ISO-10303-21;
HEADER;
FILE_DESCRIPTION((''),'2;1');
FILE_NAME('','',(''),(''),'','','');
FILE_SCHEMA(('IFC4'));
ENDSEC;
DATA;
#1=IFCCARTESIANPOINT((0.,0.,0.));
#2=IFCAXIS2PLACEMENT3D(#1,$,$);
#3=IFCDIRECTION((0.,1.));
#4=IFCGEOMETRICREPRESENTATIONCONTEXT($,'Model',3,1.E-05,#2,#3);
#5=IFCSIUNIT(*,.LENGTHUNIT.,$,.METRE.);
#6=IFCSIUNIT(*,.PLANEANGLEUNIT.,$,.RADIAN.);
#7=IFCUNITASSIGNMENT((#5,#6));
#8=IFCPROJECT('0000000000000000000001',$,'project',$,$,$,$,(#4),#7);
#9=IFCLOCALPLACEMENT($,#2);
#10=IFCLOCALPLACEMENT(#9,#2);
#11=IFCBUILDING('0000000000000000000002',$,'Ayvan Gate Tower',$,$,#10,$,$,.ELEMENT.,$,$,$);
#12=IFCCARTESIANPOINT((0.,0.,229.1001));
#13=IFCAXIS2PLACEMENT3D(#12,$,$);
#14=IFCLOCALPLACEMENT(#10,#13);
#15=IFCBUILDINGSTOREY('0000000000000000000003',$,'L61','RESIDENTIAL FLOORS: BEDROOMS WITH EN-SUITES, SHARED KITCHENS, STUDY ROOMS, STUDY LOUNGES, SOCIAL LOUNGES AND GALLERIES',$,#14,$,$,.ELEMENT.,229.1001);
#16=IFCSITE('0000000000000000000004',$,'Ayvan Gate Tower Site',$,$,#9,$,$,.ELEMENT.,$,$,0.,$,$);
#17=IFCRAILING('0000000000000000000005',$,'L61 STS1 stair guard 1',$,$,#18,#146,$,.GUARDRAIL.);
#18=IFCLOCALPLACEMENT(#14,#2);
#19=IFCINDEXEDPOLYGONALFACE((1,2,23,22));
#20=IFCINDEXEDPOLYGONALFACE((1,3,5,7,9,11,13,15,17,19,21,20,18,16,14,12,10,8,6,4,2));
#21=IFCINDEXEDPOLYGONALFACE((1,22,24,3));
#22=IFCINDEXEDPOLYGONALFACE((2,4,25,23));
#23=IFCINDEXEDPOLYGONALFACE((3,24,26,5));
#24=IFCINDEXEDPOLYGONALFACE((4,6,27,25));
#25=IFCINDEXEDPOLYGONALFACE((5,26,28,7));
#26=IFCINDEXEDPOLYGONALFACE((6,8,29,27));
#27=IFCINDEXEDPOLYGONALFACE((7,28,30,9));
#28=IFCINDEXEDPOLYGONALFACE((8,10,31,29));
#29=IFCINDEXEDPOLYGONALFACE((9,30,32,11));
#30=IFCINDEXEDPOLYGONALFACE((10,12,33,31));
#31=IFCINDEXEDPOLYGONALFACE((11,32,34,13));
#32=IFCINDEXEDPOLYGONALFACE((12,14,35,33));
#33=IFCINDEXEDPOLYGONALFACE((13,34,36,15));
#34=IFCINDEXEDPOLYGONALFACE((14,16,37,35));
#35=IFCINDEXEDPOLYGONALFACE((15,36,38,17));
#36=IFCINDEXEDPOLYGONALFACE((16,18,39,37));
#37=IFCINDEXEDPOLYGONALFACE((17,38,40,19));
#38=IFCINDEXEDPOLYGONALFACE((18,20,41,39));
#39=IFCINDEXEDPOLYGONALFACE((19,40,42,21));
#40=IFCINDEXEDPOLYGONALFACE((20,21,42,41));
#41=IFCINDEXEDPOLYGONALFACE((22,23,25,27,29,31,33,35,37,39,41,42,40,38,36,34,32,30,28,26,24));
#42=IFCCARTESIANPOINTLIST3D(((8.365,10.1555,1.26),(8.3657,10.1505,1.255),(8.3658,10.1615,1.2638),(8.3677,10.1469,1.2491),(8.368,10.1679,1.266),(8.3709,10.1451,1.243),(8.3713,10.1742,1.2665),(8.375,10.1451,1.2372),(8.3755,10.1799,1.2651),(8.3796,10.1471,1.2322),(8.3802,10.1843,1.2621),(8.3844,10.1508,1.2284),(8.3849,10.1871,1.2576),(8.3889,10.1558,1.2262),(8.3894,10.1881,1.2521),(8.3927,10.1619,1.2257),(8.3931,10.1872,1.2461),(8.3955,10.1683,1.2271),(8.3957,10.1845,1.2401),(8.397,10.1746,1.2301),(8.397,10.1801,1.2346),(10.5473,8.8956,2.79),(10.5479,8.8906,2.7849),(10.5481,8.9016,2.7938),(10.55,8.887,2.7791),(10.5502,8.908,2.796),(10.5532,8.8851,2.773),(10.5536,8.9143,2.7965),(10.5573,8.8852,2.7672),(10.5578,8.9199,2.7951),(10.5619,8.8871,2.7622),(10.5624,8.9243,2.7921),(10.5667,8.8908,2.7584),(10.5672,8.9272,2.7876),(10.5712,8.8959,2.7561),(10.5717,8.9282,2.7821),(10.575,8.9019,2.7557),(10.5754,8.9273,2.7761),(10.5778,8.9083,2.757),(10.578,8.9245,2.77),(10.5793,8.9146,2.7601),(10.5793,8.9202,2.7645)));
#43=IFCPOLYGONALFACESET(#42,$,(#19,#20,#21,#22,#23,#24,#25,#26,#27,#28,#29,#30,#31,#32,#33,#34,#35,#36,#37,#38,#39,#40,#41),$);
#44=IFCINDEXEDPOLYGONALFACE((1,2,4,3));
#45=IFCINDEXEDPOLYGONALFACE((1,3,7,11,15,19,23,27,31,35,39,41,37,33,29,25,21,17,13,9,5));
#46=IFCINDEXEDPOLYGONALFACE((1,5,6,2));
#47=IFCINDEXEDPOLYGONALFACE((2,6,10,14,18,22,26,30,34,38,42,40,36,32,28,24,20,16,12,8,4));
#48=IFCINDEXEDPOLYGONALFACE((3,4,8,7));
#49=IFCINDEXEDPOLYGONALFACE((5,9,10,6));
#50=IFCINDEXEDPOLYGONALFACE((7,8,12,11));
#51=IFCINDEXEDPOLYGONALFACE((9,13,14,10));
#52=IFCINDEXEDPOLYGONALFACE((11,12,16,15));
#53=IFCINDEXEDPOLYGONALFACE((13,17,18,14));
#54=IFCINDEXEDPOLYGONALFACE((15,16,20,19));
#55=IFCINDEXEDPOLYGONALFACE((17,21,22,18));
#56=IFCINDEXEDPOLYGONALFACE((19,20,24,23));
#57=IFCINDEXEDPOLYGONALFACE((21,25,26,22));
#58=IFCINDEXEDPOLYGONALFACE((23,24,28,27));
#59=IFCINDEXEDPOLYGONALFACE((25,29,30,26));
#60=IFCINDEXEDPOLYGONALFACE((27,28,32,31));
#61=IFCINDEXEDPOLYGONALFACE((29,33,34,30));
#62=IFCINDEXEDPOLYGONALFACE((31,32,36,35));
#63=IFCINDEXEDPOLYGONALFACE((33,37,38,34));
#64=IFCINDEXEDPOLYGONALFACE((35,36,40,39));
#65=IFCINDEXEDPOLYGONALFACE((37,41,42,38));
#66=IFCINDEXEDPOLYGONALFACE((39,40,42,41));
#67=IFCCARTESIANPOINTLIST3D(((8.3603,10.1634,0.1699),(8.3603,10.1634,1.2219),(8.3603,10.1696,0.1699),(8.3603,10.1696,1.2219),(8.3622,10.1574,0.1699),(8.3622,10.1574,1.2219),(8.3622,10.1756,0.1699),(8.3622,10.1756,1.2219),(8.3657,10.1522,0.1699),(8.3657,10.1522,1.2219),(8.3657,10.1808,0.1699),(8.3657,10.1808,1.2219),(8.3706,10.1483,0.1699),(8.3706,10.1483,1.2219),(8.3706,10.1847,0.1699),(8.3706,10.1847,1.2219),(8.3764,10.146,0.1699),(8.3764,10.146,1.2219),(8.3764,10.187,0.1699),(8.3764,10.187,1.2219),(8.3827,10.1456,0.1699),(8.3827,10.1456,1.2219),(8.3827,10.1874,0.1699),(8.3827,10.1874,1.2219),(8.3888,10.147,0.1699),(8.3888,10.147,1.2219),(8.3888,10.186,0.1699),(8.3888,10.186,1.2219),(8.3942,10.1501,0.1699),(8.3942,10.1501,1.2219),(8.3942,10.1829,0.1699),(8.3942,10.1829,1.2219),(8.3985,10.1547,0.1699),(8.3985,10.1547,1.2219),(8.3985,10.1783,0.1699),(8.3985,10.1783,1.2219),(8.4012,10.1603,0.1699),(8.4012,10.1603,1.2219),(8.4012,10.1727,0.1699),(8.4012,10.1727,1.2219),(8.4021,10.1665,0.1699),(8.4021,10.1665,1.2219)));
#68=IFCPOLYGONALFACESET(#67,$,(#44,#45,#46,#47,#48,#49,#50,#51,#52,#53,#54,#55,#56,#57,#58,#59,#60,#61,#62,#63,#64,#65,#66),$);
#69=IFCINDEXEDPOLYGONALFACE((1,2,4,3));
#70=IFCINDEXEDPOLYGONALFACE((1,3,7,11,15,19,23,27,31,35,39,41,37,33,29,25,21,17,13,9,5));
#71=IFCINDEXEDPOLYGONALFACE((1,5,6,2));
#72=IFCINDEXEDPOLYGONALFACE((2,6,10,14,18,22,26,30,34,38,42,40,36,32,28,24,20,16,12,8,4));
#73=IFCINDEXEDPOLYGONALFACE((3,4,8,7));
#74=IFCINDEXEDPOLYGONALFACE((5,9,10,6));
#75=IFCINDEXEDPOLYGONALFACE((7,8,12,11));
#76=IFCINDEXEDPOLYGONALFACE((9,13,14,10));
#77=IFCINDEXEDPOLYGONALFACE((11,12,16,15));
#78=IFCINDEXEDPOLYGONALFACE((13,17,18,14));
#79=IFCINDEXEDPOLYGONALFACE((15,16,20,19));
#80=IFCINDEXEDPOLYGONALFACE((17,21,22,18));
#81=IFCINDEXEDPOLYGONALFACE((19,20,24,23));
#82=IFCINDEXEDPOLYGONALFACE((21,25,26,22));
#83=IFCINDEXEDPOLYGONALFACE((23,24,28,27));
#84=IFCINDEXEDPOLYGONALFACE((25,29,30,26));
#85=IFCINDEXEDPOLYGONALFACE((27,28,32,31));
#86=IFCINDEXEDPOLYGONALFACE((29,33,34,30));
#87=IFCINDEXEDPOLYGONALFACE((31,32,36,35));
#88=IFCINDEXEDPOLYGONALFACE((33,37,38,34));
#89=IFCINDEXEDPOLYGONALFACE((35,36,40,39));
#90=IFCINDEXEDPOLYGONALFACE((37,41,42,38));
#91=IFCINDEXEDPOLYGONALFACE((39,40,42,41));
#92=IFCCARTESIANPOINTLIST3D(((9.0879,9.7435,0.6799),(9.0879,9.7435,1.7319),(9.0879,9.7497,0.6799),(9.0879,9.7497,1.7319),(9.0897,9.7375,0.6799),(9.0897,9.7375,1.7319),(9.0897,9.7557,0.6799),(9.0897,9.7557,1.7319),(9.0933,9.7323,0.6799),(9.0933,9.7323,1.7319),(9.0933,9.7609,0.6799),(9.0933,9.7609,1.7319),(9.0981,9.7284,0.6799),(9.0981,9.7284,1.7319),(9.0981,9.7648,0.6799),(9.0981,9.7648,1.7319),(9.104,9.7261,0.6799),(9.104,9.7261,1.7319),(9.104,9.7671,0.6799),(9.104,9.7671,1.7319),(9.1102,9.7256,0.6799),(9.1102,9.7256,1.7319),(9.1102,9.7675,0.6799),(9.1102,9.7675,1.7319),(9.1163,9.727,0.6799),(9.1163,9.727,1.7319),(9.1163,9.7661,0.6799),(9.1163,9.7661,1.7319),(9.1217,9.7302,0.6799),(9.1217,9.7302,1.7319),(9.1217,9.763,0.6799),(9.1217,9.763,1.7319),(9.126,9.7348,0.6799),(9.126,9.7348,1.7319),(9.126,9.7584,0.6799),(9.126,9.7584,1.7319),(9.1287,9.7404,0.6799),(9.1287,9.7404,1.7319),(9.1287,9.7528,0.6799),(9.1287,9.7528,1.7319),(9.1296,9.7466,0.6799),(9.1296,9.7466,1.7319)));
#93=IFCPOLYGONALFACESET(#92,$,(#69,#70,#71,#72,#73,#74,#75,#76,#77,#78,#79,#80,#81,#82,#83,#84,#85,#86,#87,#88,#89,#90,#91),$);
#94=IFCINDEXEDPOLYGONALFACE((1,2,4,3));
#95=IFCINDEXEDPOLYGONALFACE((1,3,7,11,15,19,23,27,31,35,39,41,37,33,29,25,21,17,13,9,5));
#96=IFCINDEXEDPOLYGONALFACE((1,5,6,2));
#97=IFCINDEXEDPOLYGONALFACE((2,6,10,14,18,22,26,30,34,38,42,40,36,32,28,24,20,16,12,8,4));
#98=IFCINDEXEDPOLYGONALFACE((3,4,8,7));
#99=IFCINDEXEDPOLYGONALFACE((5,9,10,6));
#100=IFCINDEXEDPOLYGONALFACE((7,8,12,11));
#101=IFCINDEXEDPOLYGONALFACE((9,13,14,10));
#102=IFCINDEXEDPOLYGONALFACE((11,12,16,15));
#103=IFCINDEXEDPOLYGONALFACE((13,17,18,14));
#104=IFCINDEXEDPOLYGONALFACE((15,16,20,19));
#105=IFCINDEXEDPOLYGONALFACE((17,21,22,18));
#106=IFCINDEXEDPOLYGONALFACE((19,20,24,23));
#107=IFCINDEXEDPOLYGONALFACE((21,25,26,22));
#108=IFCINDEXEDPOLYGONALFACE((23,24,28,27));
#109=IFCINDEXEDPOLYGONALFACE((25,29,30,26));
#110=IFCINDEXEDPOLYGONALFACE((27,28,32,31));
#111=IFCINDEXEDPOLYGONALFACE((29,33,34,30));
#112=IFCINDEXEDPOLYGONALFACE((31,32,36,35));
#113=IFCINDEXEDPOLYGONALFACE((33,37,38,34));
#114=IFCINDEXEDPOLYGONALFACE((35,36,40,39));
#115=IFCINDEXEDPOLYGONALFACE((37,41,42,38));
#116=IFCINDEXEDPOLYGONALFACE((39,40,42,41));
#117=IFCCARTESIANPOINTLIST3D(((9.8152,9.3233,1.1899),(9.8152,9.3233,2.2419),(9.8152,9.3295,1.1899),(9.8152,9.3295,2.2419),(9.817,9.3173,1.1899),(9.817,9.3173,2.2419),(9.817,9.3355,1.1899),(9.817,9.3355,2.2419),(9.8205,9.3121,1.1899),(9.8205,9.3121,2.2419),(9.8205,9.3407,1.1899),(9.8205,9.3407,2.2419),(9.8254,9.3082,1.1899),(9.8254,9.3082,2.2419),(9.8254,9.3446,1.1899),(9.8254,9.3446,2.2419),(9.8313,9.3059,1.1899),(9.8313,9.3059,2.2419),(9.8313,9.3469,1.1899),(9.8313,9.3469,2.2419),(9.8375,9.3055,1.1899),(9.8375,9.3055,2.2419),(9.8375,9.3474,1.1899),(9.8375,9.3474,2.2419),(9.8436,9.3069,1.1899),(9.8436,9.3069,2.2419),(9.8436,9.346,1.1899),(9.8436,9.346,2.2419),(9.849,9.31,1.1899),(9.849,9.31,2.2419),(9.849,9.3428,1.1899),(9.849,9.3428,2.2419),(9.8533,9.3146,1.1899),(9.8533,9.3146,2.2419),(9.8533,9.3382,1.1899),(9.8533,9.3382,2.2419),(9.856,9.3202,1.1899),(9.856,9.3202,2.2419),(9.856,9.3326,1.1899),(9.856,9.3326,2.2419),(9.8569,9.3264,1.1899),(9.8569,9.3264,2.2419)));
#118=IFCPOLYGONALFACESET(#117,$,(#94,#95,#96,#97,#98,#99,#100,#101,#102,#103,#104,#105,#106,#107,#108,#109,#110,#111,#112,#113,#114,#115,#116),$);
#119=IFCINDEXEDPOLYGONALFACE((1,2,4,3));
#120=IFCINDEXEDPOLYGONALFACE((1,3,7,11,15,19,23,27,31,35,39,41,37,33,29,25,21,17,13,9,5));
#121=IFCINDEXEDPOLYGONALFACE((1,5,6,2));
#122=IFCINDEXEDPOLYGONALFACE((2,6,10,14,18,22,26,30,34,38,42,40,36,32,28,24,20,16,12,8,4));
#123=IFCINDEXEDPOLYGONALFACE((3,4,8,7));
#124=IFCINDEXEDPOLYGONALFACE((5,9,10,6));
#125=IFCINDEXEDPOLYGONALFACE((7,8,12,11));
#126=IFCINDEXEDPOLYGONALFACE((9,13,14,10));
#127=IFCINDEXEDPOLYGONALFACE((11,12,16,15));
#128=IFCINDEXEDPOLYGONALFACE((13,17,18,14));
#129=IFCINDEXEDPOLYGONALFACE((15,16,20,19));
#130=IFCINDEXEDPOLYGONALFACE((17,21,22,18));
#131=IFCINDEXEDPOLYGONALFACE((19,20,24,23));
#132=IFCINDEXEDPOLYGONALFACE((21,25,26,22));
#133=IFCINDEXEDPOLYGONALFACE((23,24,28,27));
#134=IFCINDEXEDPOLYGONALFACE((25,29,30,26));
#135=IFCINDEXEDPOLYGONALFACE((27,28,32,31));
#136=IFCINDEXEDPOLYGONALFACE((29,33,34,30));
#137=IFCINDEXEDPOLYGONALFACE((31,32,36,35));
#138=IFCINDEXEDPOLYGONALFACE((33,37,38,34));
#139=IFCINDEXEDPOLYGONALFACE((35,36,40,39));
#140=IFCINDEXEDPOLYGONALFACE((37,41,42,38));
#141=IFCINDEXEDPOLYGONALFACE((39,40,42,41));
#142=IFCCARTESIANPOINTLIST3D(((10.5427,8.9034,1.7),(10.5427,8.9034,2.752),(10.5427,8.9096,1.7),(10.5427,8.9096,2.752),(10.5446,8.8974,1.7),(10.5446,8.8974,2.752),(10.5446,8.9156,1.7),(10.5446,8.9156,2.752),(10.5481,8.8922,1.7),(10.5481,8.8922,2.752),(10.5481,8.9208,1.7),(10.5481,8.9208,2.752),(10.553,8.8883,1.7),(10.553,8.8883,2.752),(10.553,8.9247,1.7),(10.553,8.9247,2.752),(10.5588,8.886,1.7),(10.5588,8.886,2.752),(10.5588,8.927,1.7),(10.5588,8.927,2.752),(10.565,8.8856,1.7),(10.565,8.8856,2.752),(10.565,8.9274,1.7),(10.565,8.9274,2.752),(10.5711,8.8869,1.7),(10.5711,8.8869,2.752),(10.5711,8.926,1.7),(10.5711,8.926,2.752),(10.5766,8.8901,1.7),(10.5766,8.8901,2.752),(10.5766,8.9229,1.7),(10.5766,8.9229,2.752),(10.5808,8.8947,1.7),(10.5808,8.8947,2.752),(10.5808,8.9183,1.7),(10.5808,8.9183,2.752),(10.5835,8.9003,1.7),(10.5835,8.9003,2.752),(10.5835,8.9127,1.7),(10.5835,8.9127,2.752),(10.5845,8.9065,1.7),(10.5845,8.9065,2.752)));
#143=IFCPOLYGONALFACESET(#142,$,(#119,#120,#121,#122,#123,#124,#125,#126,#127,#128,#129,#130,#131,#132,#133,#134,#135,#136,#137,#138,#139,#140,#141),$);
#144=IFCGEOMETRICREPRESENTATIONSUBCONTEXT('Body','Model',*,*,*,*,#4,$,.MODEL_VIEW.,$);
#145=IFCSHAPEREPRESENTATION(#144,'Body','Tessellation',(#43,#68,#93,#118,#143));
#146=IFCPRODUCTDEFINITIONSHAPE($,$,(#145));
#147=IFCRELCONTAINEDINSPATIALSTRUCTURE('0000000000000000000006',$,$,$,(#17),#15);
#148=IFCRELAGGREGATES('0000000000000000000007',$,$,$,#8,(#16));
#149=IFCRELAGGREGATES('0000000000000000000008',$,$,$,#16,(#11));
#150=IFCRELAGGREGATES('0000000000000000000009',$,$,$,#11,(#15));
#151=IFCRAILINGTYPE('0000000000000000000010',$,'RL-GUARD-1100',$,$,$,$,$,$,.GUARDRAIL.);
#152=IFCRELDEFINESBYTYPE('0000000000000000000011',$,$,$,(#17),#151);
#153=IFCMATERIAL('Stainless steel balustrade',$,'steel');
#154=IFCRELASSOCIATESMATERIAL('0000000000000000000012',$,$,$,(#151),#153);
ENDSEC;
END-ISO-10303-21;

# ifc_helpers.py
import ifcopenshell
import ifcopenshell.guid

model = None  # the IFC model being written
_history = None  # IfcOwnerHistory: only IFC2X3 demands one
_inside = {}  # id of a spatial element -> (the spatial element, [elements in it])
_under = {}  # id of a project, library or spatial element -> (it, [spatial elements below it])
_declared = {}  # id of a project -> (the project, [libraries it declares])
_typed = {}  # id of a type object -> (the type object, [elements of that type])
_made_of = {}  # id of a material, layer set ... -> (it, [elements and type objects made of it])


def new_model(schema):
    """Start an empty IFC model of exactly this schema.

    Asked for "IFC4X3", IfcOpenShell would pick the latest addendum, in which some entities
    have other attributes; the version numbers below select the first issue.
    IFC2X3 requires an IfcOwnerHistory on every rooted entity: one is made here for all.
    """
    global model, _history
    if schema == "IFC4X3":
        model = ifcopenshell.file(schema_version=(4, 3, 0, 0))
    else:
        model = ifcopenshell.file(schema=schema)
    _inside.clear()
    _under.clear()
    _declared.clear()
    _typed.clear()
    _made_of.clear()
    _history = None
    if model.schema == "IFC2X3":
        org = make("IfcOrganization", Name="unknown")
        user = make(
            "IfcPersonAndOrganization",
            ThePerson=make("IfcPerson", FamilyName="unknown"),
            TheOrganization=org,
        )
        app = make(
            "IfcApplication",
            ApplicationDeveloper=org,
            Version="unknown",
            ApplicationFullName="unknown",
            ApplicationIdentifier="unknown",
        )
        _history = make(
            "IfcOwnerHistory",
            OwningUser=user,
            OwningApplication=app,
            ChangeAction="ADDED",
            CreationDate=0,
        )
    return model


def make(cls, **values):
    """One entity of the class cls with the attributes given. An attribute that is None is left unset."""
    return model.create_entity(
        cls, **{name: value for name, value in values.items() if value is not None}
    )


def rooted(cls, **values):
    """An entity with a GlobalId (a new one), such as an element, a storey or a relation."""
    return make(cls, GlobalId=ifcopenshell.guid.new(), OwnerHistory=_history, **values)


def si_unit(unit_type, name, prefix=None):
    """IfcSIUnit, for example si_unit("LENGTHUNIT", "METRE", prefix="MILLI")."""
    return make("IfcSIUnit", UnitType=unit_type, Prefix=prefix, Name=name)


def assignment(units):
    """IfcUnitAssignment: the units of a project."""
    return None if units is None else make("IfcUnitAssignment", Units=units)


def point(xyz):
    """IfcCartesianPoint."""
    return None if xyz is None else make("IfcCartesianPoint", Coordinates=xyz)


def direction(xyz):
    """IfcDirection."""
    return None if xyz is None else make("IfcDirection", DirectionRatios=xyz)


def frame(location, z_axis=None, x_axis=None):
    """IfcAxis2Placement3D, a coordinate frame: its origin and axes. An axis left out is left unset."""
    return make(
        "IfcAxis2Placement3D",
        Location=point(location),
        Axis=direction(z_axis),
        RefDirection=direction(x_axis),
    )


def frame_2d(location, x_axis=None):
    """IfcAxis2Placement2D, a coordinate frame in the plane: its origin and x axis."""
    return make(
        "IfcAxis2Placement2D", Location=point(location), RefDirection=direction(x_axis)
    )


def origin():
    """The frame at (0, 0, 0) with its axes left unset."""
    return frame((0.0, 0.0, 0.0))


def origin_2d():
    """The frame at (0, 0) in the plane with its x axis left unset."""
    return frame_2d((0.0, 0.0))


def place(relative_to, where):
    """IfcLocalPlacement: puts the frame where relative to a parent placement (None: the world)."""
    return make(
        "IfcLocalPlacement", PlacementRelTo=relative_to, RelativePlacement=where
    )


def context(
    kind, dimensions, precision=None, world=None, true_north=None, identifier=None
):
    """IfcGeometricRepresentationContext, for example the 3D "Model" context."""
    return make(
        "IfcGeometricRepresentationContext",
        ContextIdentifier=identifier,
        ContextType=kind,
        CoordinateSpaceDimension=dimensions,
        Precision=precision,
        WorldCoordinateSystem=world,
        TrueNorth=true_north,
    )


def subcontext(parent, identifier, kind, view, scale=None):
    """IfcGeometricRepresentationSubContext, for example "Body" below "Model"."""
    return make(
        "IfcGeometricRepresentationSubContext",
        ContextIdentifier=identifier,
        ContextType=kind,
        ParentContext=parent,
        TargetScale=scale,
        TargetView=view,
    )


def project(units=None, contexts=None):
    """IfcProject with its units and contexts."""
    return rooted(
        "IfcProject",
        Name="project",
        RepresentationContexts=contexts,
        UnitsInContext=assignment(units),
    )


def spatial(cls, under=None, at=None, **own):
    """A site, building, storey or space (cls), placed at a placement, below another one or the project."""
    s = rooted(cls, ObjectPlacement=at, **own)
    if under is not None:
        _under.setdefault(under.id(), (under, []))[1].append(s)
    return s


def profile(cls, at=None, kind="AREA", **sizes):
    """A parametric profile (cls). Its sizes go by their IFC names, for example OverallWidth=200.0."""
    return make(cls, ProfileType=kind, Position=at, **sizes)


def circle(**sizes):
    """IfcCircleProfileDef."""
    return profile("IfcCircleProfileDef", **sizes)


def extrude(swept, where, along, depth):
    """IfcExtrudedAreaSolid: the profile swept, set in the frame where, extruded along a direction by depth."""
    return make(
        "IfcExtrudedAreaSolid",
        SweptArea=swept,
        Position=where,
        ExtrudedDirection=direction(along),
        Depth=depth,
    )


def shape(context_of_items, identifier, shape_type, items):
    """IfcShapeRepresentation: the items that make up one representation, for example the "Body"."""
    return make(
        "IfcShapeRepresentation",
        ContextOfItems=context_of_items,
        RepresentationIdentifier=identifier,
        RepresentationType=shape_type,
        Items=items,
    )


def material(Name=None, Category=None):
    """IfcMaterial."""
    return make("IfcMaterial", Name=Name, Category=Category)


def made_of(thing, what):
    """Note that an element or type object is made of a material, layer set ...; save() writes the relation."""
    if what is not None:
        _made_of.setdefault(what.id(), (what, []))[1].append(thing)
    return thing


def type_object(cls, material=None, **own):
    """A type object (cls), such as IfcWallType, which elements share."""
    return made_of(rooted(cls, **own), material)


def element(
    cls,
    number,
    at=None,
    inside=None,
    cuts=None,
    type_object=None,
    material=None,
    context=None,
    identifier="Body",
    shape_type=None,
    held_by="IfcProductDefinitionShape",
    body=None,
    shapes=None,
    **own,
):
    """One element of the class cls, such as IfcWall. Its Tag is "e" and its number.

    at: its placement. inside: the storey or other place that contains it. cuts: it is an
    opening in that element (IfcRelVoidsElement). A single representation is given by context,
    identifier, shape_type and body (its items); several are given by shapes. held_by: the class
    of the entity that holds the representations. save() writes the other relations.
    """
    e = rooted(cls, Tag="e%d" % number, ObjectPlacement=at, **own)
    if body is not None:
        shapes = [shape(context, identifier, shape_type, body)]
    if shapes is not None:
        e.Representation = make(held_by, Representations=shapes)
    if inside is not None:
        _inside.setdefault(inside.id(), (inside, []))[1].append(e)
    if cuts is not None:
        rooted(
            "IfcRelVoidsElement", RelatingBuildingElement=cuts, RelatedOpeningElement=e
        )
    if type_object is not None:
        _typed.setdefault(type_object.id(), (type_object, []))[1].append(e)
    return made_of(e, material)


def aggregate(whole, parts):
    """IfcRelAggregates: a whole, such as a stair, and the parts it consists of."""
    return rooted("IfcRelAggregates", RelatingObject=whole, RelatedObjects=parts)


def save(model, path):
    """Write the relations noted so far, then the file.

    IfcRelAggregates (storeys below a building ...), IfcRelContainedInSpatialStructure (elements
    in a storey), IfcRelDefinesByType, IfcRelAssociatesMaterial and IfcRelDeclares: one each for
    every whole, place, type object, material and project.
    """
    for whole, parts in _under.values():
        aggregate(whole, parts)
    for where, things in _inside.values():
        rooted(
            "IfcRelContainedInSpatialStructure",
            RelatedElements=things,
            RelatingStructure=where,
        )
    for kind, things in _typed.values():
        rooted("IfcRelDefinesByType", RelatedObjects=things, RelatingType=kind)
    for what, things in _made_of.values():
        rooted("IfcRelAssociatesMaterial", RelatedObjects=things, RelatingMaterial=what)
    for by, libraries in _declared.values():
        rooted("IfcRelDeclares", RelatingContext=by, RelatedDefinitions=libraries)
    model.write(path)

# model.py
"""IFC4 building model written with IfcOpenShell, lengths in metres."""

from ifc_helpers import new_model, si_unit, direction, frame, origin, origin_2d, place, context, subcontext, project, spatial, circle, extrude, material, type_object, element, save


model = new_model("IFC4")

# Units and contexts
model_context = context("Model", 3, precision=1e-05, world=origin(), true_north=direction((0.0, 1.0)))
body_context = subcontext(model_context, "Body", "Model", "MODEL_VIEW")
ifc_project = project(units=[si_unit("LENGTHUNIT", "METRE"), si_unit("PLANEANGLEUNIT", "RADIAN")], contexts=[model_context])

# Site, building, storey
site_placement = place(None, origin())
site = spatial("IfcSite", under=ifc_project, at=site_placement, Name="Ayvan Gate Tower Site", CompositionType="ELEMENT", RefElevation=0.0)
building_placement = place(site_placement, origin())
building = spatial("IfcBuilding", under=site, at=building_placement, Name="Ayvan Gate Tower", CompositionType="ELEMENT")
storey_placement = place(building_placement, frame((0.0, 0.0, 229.1001)))
storey = spatial("IfcBuildingStorey", under=building, at=storey_placement, Name="L61", Description="RESIDENTIAL FLOORS: BEDROOMS WITH EN-SUITES, SHARED KITCHENS, STUDY ROOMS, STUDY LOUNGES, SOCIAL LOUNGES AND GALLERIES", CompositionType="ELEMENT", Elevation=229.1001)

# Railing
ifc_material_1 = material(Name="Stainless steel balustrade", Category="steel")
railing_type_1 = type_object("IfcRailingType", Name="RL-GUARD-1100", PredefinedType="GUARDRAIL", material=ifc_material_1)
railing_1_placement = place(storey_placement, frame((8.3811, 10.1665, 0.1699)))
element("IfcRailing", 1, at=railing_1_placement, inside=storey, type_object=railing_type_1, Name="L61 STS1 stair guard 1", PredefinedType="GUARDRAIL", context=body_context, shape_type="SweptSolid", body=[
    extrude(circle(Radius=0.0239, at=origin_2d()), frame((0.0, 0.0, 1.0762), z_axis=(0.740261, -0.427395, 0.518986), x_axis=(0.500005, 0.866023, 0.0)), (0.0, 0.0, 1.0), 2.948),
    extrude(circle(Radius=0.021, at=origin_2d()), origin(), (0.0, 0.0, 1.0), 1.052),
    extrude(circle(Radius=0.021, at=origin_2d()), frame((0.7275, -0.4199, 0.51)), (0.0, 0.0, 1.0), 1.052),
    extrude(circle(Radius=0.021, at=origin_2d()), frame((1.4548, -0.8401, 1.02)), (0.0, 0.0, 1.0), 1.052),
    extrude(circle(Radius=0.021, at=origin_2d()), frame((2.1824, -1.26, 1.53)), (0.0, 0.0, 1.0), 1.052),
])

save(model, "model.ifc")
